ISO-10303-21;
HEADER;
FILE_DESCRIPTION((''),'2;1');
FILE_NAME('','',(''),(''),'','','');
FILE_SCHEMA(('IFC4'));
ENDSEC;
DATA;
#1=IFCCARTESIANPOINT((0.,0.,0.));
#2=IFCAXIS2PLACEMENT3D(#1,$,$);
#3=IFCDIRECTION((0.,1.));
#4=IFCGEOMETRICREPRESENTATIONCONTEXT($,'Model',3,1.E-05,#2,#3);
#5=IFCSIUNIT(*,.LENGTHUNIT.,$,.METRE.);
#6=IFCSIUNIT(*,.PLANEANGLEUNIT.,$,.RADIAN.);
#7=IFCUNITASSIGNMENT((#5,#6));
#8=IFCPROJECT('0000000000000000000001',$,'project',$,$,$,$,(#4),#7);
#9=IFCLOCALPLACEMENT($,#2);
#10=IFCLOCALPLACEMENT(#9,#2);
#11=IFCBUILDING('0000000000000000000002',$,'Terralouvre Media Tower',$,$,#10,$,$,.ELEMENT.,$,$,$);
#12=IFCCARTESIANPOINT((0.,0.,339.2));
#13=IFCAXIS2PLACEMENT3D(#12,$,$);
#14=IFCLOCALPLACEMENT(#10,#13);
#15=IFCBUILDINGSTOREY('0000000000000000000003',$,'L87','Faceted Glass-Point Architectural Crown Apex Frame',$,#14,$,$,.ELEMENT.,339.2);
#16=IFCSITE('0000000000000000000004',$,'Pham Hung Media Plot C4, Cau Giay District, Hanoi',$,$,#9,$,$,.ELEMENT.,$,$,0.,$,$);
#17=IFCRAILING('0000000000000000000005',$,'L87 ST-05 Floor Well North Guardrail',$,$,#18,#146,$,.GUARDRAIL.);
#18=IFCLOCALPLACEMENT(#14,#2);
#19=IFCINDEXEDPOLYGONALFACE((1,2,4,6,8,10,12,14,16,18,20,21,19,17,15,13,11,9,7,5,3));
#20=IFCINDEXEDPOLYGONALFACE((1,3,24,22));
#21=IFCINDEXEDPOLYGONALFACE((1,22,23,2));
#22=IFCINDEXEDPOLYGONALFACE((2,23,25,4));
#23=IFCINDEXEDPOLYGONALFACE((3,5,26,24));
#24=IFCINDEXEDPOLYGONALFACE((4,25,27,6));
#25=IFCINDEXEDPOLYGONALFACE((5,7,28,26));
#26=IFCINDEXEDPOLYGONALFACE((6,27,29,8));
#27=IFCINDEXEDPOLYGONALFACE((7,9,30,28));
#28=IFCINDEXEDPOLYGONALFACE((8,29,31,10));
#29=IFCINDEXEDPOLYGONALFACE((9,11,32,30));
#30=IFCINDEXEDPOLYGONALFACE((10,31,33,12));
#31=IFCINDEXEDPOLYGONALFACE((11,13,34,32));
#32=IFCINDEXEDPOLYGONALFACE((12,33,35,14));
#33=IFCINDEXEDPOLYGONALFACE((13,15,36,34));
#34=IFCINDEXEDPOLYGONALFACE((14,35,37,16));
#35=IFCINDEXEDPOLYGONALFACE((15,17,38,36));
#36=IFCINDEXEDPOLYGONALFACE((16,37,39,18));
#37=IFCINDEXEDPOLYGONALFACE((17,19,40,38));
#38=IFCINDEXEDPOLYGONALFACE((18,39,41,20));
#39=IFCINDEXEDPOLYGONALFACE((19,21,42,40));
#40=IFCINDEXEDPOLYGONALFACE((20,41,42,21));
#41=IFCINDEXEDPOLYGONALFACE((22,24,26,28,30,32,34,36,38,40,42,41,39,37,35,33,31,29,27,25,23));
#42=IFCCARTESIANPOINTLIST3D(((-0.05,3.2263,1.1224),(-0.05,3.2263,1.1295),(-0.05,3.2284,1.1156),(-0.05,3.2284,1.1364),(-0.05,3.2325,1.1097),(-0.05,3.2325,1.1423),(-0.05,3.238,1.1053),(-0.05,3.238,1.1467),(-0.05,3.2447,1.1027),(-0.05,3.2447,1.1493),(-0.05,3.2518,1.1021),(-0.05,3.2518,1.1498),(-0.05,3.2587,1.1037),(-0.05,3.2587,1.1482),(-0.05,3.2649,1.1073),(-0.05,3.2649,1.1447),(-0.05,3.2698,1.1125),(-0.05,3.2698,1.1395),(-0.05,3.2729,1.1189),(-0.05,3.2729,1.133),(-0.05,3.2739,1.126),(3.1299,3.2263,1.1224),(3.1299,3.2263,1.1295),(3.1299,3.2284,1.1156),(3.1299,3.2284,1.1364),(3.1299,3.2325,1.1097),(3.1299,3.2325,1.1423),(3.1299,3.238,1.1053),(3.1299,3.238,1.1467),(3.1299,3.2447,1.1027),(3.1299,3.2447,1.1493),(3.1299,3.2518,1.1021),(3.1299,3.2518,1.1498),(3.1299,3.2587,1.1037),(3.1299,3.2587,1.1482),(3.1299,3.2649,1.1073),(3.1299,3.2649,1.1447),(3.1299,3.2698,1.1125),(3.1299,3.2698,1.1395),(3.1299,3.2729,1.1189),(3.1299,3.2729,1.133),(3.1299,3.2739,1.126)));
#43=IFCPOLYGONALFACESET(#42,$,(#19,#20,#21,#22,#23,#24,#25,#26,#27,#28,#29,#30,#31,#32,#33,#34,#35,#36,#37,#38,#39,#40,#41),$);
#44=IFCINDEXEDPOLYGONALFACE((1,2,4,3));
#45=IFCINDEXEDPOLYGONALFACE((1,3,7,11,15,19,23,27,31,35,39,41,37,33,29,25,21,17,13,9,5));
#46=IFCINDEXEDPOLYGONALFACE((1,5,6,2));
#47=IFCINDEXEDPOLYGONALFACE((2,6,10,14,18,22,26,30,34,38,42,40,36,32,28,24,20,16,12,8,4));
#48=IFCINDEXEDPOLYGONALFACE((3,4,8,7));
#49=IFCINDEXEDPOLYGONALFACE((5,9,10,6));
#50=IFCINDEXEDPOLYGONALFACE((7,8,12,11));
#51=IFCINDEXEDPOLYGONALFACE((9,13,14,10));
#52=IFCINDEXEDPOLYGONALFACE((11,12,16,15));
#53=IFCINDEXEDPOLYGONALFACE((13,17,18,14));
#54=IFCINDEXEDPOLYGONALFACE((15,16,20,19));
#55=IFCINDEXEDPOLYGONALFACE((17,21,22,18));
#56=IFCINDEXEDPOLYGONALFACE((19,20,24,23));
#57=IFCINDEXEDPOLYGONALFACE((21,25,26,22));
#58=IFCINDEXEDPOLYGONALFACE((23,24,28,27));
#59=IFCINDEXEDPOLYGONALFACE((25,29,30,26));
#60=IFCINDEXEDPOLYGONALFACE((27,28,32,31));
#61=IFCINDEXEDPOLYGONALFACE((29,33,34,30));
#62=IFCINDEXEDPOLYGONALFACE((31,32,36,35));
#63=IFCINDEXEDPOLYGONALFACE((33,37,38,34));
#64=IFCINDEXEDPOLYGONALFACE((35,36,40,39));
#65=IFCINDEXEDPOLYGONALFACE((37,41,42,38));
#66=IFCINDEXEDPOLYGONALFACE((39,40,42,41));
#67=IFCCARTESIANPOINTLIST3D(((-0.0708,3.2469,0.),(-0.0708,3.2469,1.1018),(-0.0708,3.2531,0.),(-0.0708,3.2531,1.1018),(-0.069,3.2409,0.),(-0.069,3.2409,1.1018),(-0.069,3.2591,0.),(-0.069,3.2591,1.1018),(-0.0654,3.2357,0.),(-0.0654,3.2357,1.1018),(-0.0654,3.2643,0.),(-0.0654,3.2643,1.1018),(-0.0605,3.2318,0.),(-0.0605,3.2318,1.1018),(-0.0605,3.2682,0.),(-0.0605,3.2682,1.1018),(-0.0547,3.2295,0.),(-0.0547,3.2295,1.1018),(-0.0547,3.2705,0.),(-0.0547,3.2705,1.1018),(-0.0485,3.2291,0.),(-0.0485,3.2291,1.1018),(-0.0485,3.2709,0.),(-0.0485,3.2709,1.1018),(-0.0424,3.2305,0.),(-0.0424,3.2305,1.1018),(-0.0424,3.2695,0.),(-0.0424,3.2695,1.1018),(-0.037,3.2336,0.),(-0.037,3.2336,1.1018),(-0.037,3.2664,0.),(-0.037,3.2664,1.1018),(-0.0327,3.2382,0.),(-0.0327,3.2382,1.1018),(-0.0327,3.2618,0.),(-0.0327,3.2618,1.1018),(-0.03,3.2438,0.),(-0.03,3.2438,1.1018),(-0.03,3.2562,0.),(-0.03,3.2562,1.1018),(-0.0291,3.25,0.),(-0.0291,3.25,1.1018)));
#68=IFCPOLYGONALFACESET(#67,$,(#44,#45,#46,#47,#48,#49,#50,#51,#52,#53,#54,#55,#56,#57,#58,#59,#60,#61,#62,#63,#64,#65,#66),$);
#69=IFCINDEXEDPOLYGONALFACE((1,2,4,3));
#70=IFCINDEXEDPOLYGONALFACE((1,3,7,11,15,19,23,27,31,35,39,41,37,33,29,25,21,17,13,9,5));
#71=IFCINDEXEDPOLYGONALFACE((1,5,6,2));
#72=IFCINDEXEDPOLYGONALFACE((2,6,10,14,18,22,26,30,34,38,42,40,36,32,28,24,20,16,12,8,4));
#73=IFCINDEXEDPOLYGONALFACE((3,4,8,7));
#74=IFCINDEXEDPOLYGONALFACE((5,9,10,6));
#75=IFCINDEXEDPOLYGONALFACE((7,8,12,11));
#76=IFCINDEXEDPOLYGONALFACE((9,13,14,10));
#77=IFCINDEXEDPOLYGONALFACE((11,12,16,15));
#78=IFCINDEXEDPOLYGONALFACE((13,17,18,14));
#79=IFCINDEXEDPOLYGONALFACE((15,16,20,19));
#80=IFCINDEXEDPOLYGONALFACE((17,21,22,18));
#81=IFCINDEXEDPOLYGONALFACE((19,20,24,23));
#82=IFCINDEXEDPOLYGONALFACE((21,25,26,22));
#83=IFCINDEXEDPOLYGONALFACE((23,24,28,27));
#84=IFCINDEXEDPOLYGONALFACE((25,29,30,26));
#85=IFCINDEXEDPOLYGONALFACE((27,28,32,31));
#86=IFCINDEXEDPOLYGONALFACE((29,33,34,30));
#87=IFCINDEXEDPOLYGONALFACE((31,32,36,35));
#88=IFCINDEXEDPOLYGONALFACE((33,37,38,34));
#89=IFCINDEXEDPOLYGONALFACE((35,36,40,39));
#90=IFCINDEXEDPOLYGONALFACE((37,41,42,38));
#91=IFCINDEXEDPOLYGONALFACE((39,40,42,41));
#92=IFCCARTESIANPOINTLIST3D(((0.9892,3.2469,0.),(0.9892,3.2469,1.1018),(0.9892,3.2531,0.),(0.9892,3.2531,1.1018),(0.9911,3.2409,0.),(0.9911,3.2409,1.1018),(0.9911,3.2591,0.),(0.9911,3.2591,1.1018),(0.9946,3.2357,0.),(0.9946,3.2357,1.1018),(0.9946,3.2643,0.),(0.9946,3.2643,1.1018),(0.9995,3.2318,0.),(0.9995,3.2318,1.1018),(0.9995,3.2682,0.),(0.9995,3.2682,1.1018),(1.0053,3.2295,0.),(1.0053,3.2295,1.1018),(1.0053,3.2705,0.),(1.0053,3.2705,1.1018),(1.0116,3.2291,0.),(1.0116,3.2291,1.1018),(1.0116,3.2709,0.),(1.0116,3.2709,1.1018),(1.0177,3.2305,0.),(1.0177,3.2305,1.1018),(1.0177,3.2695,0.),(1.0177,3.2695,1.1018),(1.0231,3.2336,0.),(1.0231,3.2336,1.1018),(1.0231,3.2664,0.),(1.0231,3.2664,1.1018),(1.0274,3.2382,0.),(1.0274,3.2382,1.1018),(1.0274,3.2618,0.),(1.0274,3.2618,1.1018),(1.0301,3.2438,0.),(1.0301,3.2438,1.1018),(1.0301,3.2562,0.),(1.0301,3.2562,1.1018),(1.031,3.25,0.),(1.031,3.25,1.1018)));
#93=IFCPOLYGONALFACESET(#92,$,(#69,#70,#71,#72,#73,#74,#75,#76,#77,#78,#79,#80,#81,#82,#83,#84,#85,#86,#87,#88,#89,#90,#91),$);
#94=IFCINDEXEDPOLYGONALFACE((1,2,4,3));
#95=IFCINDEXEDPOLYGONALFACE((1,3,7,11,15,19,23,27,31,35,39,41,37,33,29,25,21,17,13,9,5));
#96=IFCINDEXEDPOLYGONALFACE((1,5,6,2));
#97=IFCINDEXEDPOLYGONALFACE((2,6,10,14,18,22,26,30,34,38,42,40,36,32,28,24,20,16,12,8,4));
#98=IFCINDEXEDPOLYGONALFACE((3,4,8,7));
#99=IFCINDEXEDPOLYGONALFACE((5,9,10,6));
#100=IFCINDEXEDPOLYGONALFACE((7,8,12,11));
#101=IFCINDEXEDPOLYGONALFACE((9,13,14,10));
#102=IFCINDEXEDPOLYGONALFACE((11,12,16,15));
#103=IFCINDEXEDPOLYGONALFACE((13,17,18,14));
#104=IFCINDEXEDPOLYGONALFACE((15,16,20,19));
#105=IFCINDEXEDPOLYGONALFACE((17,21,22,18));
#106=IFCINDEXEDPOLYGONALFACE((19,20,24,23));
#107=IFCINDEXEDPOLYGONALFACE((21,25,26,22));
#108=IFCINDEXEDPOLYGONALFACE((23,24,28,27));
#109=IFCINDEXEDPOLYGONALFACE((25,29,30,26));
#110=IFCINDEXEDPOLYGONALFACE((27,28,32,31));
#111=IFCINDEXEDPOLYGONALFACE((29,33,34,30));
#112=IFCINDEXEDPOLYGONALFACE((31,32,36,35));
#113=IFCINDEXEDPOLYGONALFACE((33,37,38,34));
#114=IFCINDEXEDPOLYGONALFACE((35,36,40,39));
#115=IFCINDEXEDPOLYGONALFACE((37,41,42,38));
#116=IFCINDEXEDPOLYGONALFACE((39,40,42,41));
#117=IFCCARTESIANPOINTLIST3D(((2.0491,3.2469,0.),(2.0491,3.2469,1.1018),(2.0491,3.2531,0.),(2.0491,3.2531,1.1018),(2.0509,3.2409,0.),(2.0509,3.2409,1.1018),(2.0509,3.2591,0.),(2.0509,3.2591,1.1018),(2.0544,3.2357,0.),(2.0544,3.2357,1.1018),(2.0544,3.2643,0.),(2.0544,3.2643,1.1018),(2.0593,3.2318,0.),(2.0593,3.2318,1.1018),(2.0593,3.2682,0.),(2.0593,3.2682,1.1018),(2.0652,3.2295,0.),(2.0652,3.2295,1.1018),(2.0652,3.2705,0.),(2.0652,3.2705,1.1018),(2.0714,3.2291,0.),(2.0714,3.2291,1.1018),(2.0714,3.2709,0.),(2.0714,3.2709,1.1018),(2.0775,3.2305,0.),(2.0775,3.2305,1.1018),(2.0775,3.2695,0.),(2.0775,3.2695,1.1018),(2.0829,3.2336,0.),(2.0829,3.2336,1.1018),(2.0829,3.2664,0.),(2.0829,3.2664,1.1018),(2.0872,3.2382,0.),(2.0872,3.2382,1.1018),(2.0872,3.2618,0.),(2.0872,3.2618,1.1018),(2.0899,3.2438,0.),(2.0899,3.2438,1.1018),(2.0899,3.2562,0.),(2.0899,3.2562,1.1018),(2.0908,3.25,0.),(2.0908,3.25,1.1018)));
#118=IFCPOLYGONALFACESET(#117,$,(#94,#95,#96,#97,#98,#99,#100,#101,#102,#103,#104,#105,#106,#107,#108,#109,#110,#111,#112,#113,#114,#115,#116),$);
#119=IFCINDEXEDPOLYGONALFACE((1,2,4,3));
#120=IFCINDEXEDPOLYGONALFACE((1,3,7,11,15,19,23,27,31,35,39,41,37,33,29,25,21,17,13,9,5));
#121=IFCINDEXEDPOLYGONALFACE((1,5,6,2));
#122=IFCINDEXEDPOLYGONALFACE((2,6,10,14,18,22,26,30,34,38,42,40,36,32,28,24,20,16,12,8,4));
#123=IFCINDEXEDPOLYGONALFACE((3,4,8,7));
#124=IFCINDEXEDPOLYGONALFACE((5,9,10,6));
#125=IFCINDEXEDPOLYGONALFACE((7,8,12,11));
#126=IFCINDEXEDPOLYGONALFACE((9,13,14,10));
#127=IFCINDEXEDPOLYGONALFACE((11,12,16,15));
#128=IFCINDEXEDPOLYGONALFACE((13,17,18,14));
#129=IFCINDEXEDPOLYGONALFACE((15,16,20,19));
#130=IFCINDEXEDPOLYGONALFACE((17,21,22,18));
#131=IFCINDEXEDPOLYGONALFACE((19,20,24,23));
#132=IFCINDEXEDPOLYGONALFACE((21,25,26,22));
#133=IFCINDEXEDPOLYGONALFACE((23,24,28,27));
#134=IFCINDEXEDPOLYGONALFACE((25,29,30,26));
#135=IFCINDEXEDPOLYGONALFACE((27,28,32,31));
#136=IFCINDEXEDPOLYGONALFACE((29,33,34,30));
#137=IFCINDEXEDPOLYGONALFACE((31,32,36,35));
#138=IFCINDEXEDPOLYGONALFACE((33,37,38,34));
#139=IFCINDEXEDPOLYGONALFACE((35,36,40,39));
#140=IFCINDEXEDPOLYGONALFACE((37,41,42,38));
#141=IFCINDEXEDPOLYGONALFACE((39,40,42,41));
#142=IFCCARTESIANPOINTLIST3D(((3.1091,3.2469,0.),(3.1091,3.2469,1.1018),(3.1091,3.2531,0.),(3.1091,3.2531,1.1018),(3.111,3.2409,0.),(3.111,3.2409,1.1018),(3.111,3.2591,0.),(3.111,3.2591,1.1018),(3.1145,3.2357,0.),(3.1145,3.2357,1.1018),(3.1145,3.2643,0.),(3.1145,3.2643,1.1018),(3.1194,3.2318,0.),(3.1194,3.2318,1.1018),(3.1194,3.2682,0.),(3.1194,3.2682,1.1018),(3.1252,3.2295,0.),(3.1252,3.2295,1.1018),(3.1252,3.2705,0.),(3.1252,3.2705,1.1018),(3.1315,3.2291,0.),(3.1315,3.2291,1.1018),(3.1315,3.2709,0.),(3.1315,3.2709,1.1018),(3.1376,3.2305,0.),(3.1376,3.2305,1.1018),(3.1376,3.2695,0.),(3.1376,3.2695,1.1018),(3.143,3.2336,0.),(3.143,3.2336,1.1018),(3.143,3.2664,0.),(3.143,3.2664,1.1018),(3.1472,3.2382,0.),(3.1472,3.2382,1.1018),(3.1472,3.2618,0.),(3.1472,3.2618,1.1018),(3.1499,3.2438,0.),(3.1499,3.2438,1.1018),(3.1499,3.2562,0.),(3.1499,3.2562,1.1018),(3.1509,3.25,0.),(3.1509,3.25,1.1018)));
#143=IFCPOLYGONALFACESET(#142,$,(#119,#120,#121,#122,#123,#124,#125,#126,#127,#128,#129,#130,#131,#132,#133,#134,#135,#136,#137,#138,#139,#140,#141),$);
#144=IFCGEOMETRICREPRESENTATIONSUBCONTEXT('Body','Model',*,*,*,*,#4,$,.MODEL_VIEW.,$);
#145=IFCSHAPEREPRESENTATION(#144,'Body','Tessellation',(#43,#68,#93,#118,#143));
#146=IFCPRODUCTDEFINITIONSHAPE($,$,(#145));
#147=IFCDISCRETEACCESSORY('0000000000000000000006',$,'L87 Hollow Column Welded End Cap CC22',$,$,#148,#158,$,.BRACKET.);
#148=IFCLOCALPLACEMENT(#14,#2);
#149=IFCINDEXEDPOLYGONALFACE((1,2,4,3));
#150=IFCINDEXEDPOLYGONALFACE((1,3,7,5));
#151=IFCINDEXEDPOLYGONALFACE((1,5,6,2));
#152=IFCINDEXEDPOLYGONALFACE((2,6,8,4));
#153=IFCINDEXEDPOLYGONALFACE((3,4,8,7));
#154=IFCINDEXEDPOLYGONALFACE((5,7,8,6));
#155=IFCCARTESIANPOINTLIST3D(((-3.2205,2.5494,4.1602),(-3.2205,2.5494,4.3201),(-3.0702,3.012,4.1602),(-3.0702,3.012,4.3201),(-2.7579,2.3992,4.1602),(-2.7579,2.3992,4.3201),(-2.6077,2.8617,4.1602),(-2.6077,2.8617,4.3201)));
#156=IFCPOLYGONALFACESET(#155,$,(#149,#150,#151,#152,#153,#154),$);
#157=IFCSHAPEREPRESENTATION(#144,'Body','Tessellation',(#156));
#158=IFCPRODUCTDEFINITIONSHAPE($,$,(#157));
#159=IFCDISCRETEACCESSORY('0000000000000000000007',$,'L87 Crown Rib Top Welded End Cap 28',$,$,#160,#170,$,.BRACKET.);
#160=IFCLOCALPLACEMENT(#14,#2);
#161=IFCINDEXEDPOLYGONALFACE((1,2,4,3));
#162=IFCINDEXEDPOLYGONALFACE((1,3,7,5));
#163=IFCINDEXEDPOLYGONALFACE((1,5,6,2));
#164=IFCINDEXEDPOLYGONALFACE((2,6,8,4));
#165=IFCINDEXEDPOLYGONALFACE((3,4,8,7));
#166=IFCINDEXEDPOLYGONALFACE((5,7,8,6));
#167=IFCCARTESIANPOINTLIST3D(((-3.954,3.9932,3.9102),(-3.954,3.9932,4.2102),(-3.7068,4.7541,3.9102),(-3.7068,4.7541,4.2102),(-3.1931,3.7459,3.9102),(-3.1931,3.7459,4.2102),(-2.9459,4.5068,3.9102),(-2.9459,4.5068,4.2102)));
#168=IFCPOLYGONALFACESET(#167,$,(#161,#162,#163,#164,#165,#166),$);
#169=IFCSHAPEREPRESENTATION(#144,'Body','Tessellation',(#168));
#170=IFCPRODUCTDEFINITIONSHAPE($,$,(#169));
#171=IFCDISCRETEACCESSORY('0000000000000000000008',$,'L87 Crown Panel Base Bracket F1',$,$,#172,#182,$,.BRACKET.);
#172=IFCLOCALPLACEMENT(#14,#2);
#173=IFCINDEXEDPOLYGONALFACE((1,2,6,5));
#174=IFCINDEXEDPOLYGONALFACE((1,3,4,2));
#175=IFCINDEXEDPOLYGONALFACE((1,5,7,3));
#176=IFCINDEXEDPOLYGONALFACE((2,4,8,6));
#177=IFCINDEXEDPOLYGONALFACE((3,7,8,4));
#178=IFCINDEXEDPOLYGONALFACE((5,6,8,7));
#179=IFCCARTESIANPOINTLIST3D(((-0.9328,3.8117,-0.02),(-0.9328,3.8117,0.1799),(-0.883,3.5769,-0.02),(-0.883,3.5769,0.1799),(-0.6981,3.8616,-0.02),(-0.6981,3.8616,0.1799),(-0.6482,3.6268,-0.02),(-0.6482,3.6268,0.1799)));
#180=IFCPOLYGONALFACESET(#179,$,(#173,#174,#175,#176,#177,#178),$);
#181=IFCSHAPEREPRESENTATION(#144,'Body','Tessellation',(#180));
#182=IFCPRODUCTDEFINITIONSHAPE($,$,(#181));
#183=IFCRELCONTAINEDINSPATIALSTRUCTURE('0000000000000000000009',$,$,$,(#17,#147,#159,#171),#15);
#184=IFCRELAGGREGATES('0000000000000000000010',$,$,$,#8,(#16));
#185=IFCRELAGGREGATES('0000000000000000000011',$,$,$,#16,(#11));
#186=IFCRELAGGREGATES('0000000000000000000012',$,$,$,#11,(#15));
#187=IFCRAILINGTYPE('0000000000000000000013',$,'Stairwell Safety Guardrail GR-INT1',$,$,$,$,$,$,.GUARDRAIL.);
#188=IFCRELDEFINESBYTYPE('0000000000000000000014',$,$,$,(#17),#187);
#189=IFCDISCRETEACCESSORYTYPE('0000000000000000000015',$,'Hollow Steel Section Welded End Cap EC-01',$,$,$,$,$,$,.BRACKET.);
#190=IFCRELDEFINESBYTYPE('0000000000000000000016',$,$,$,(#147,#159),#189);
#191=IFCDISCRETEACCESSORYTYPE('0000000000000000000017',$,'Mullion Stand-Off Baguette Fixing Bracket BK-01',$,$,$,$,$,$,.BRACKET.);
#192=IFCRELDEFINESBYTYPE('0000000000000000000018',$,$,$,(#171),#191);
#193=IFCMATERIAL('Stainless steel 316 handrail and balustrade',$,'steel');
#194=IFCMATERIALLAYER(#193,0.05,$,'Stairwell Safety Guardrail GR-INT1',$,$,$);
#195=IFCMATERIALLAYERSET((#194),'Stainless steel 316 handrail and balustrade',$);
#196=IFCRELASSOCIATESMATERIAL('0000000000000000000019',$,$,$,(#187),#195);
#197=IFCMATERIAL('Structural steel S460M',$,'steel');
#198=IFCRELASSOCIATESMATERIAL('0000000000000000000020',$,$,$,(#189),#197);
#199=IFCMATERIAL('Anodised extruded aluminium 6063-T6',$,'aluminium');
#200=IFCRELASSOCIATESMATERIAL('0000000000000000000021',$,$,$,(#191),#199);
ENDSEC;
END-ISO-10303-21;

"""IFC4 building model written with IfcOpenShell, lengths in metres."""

from ifc_helpers import new_model, si_unit, direction, frame, origin, origin_2d, place, context, subcontext, project, spatial, rectangle, circle, extrude, material, layer, layer_set, type_object, element, save


model = new_model("IFC4")

# Units and contexts
model_context = context("Model", 3, precision=1e-05, world=origin(), true_north=direction((0.0, 1.0)))
body_context = subcontext(model_context, "Body", "Model", "MODEL_VIEW")
ifc_project = project(units=[si_unit("LENGTHUNIT", "METRE"), si_unit("PLANEANGLEUNIT", "RADIAN")], contexts=[model_context])

# Site, building, storey
site_placement = place(None, origin())
site = spatial("IfcSite", under=ifc_project, at=site_placement, Name="Pham Hung Media Plot C4, Cau Giay District, Hanoi", CompositionType="ELEMENT", RefElevation=0.0)
building_placement = place(site_placement, origin())
building = spatial("IfcBuilding", under=site, at=building_placement, Name="Terralouvre Media Tower", CompositionType="ELEMENT")
storey_placement = place(building_placement, frame((0.0, 0.0, 339.2)))
storey = spatial("IfcBuildingStorey", under=building, at=storey_placement, Name="L87", Description="Faceted Glass-Point Architectural Crown Apex Frame", CompositionType="ELEMENT", Elevation=339.2)

# Railing
ifc_material_1 = material(Name="Stainless steel 316 handrail and balustrade", Category="steel")
ifc_layer_1 = layer(ifc_material_1, 0.05, Name="Stairwell Safety Guardrail GR-INT1")
ifc_layer_set_1 = layer_set([ifc_layer_1], Name="Stainless steel 316 handrail and balustrade")
railing_type_1 = type_object("IfcRailingType", Name="Stairwell Safety Guardrail GR-INT1", PredefinedType="GUARDRAIL", material=ifc_layer_set_1)
railing_1_placement = place(storey_placement, frame((-0.05, 3.25, 0.0)))
element("IfcRailing", 1, at=railing_1_placement, inside=storey, type_object=railing_type_1, Name="L87 ST-05 Floor Well North Guardrail", PredefinedType="GUARDRAIL", context=body_context, shape_type="SweptSolid", body=[
    extrude(circle(Radius=0.0239, at=origin_2d()), frame((0.0, 0.0, 1.126), z_axis=(1.0, 0.0, 0.0), x_axis=(0.0, 1.0, 0.0)), (0.0, 0.0, 1.0), 3.1799),
    extrude(circle(Radius=0.021, at=origin_2d()), origin(), (0.0, 0.0, 1.0), 1.1018),
    extrude(circle(Radius=0.021, at=origin_2d()), frame((1.0601, 0.0, 0.0)), (0.0, 0.0, 1.0), 1.1018),
    extrude(circle(Radius=0.021, at=origin_2d()), frame((2.1199, 0.0, 0.0)), (0.0, 0.0, 1.0), 1.1018),
    extrude(circle(Radius=0.021, at=origin_2d()), frame((3.1799, 0.0, 0.0)), (0.0, 0.0, 1.0), 1.1018),
])

# Discrete accessories
ifc_material_2 = material(Name="Structural steel S460M", Category="steel")
discrete_accessory_type_1 = type_object("IfcDiscreteAccessoryType", Name="Hollow Steel Section Welded End Cap EC-01", PredefinedType="BRACKET", material=ifc_material_2)
discrete_accessory_1_placement = place(storey_placement, frame((-2.9141, 2.7056, 4.1602), z_axis=(0.0, 0.0, 1.0), x_axis=(0.309017, 0.951057, 0.0)))
element("IfcDiscreteAccessory", 2, at=discrete_accessory_1_placement, inside=storey, type_object=discrete_accessory_type_1, Name="L87 Hollow Column Welded End Cap CC22", PredefinedType="BRACKET", context=body_context, shape_type="SweptSolid", body=[
    extrude(rectangle(XDim=0.4863, YDim=0.4863, at=origin_2d()), origin(), (0.0, 0.0, 1.0), 0.1599),
])
discrete_accessory_2_placement = place(storey_placement, frame((-3.45, 4.25, 3.9102), z_axis=(0.0, 0.0, 1.0), x_axis=(0.309017, 0.951057, 0.0)))
element("IfcDiscreteAccessory", 3, at=discrete_accessory_2_placement, inside=storey, type_object=discrete_accessory_type_1, Name="L87 Crown Rib Top Welded End Cap 28", PredefinedType="BRACKET", context=body_context, shape_type="SweptSolid", body=[
    extrude(rectangle(XDim=0.8, YDim=0.8, at=origin_2d()), origin(), (0.0, 0.0, 1.0), 0.3),
])
ifc_material_3 = material(Name="Anodised extruded aluminium 6063-T6", Category="aluminium")
discrete_accessory_type_2 = type_object("IfcDiscreteAccessoryType", Name="Mullion Stand-Off Baguette Fixing Bracket BK-01", PredefinedType="BRACKET", material=ifc_material_3)
discrete_accessory_3_placement = place(storey_placement, frame((-0.7905, 3.7192, -0.02), z_axis=(0.0, 0.0, 1.0), x_axis=(-0.978148, -0.207912, 0.0)))
element("IfcDiscreteAccessory", 4, at=discrete_accessory_3_placement, inside=storey, type_object=discrete_accessory_type_2, Name="L87 Crown Panel Base Bracket F1", PredefinedType="BRACKET", context=body_context, shape_type="SweptSolid", body=[
    extrude(rectangle(XDim=0.24, YDim=0.24, at=origin_2d()), origin(), (0.0, 0.0, 1.0), 0.2),
])

save(model, "model.ifc")
